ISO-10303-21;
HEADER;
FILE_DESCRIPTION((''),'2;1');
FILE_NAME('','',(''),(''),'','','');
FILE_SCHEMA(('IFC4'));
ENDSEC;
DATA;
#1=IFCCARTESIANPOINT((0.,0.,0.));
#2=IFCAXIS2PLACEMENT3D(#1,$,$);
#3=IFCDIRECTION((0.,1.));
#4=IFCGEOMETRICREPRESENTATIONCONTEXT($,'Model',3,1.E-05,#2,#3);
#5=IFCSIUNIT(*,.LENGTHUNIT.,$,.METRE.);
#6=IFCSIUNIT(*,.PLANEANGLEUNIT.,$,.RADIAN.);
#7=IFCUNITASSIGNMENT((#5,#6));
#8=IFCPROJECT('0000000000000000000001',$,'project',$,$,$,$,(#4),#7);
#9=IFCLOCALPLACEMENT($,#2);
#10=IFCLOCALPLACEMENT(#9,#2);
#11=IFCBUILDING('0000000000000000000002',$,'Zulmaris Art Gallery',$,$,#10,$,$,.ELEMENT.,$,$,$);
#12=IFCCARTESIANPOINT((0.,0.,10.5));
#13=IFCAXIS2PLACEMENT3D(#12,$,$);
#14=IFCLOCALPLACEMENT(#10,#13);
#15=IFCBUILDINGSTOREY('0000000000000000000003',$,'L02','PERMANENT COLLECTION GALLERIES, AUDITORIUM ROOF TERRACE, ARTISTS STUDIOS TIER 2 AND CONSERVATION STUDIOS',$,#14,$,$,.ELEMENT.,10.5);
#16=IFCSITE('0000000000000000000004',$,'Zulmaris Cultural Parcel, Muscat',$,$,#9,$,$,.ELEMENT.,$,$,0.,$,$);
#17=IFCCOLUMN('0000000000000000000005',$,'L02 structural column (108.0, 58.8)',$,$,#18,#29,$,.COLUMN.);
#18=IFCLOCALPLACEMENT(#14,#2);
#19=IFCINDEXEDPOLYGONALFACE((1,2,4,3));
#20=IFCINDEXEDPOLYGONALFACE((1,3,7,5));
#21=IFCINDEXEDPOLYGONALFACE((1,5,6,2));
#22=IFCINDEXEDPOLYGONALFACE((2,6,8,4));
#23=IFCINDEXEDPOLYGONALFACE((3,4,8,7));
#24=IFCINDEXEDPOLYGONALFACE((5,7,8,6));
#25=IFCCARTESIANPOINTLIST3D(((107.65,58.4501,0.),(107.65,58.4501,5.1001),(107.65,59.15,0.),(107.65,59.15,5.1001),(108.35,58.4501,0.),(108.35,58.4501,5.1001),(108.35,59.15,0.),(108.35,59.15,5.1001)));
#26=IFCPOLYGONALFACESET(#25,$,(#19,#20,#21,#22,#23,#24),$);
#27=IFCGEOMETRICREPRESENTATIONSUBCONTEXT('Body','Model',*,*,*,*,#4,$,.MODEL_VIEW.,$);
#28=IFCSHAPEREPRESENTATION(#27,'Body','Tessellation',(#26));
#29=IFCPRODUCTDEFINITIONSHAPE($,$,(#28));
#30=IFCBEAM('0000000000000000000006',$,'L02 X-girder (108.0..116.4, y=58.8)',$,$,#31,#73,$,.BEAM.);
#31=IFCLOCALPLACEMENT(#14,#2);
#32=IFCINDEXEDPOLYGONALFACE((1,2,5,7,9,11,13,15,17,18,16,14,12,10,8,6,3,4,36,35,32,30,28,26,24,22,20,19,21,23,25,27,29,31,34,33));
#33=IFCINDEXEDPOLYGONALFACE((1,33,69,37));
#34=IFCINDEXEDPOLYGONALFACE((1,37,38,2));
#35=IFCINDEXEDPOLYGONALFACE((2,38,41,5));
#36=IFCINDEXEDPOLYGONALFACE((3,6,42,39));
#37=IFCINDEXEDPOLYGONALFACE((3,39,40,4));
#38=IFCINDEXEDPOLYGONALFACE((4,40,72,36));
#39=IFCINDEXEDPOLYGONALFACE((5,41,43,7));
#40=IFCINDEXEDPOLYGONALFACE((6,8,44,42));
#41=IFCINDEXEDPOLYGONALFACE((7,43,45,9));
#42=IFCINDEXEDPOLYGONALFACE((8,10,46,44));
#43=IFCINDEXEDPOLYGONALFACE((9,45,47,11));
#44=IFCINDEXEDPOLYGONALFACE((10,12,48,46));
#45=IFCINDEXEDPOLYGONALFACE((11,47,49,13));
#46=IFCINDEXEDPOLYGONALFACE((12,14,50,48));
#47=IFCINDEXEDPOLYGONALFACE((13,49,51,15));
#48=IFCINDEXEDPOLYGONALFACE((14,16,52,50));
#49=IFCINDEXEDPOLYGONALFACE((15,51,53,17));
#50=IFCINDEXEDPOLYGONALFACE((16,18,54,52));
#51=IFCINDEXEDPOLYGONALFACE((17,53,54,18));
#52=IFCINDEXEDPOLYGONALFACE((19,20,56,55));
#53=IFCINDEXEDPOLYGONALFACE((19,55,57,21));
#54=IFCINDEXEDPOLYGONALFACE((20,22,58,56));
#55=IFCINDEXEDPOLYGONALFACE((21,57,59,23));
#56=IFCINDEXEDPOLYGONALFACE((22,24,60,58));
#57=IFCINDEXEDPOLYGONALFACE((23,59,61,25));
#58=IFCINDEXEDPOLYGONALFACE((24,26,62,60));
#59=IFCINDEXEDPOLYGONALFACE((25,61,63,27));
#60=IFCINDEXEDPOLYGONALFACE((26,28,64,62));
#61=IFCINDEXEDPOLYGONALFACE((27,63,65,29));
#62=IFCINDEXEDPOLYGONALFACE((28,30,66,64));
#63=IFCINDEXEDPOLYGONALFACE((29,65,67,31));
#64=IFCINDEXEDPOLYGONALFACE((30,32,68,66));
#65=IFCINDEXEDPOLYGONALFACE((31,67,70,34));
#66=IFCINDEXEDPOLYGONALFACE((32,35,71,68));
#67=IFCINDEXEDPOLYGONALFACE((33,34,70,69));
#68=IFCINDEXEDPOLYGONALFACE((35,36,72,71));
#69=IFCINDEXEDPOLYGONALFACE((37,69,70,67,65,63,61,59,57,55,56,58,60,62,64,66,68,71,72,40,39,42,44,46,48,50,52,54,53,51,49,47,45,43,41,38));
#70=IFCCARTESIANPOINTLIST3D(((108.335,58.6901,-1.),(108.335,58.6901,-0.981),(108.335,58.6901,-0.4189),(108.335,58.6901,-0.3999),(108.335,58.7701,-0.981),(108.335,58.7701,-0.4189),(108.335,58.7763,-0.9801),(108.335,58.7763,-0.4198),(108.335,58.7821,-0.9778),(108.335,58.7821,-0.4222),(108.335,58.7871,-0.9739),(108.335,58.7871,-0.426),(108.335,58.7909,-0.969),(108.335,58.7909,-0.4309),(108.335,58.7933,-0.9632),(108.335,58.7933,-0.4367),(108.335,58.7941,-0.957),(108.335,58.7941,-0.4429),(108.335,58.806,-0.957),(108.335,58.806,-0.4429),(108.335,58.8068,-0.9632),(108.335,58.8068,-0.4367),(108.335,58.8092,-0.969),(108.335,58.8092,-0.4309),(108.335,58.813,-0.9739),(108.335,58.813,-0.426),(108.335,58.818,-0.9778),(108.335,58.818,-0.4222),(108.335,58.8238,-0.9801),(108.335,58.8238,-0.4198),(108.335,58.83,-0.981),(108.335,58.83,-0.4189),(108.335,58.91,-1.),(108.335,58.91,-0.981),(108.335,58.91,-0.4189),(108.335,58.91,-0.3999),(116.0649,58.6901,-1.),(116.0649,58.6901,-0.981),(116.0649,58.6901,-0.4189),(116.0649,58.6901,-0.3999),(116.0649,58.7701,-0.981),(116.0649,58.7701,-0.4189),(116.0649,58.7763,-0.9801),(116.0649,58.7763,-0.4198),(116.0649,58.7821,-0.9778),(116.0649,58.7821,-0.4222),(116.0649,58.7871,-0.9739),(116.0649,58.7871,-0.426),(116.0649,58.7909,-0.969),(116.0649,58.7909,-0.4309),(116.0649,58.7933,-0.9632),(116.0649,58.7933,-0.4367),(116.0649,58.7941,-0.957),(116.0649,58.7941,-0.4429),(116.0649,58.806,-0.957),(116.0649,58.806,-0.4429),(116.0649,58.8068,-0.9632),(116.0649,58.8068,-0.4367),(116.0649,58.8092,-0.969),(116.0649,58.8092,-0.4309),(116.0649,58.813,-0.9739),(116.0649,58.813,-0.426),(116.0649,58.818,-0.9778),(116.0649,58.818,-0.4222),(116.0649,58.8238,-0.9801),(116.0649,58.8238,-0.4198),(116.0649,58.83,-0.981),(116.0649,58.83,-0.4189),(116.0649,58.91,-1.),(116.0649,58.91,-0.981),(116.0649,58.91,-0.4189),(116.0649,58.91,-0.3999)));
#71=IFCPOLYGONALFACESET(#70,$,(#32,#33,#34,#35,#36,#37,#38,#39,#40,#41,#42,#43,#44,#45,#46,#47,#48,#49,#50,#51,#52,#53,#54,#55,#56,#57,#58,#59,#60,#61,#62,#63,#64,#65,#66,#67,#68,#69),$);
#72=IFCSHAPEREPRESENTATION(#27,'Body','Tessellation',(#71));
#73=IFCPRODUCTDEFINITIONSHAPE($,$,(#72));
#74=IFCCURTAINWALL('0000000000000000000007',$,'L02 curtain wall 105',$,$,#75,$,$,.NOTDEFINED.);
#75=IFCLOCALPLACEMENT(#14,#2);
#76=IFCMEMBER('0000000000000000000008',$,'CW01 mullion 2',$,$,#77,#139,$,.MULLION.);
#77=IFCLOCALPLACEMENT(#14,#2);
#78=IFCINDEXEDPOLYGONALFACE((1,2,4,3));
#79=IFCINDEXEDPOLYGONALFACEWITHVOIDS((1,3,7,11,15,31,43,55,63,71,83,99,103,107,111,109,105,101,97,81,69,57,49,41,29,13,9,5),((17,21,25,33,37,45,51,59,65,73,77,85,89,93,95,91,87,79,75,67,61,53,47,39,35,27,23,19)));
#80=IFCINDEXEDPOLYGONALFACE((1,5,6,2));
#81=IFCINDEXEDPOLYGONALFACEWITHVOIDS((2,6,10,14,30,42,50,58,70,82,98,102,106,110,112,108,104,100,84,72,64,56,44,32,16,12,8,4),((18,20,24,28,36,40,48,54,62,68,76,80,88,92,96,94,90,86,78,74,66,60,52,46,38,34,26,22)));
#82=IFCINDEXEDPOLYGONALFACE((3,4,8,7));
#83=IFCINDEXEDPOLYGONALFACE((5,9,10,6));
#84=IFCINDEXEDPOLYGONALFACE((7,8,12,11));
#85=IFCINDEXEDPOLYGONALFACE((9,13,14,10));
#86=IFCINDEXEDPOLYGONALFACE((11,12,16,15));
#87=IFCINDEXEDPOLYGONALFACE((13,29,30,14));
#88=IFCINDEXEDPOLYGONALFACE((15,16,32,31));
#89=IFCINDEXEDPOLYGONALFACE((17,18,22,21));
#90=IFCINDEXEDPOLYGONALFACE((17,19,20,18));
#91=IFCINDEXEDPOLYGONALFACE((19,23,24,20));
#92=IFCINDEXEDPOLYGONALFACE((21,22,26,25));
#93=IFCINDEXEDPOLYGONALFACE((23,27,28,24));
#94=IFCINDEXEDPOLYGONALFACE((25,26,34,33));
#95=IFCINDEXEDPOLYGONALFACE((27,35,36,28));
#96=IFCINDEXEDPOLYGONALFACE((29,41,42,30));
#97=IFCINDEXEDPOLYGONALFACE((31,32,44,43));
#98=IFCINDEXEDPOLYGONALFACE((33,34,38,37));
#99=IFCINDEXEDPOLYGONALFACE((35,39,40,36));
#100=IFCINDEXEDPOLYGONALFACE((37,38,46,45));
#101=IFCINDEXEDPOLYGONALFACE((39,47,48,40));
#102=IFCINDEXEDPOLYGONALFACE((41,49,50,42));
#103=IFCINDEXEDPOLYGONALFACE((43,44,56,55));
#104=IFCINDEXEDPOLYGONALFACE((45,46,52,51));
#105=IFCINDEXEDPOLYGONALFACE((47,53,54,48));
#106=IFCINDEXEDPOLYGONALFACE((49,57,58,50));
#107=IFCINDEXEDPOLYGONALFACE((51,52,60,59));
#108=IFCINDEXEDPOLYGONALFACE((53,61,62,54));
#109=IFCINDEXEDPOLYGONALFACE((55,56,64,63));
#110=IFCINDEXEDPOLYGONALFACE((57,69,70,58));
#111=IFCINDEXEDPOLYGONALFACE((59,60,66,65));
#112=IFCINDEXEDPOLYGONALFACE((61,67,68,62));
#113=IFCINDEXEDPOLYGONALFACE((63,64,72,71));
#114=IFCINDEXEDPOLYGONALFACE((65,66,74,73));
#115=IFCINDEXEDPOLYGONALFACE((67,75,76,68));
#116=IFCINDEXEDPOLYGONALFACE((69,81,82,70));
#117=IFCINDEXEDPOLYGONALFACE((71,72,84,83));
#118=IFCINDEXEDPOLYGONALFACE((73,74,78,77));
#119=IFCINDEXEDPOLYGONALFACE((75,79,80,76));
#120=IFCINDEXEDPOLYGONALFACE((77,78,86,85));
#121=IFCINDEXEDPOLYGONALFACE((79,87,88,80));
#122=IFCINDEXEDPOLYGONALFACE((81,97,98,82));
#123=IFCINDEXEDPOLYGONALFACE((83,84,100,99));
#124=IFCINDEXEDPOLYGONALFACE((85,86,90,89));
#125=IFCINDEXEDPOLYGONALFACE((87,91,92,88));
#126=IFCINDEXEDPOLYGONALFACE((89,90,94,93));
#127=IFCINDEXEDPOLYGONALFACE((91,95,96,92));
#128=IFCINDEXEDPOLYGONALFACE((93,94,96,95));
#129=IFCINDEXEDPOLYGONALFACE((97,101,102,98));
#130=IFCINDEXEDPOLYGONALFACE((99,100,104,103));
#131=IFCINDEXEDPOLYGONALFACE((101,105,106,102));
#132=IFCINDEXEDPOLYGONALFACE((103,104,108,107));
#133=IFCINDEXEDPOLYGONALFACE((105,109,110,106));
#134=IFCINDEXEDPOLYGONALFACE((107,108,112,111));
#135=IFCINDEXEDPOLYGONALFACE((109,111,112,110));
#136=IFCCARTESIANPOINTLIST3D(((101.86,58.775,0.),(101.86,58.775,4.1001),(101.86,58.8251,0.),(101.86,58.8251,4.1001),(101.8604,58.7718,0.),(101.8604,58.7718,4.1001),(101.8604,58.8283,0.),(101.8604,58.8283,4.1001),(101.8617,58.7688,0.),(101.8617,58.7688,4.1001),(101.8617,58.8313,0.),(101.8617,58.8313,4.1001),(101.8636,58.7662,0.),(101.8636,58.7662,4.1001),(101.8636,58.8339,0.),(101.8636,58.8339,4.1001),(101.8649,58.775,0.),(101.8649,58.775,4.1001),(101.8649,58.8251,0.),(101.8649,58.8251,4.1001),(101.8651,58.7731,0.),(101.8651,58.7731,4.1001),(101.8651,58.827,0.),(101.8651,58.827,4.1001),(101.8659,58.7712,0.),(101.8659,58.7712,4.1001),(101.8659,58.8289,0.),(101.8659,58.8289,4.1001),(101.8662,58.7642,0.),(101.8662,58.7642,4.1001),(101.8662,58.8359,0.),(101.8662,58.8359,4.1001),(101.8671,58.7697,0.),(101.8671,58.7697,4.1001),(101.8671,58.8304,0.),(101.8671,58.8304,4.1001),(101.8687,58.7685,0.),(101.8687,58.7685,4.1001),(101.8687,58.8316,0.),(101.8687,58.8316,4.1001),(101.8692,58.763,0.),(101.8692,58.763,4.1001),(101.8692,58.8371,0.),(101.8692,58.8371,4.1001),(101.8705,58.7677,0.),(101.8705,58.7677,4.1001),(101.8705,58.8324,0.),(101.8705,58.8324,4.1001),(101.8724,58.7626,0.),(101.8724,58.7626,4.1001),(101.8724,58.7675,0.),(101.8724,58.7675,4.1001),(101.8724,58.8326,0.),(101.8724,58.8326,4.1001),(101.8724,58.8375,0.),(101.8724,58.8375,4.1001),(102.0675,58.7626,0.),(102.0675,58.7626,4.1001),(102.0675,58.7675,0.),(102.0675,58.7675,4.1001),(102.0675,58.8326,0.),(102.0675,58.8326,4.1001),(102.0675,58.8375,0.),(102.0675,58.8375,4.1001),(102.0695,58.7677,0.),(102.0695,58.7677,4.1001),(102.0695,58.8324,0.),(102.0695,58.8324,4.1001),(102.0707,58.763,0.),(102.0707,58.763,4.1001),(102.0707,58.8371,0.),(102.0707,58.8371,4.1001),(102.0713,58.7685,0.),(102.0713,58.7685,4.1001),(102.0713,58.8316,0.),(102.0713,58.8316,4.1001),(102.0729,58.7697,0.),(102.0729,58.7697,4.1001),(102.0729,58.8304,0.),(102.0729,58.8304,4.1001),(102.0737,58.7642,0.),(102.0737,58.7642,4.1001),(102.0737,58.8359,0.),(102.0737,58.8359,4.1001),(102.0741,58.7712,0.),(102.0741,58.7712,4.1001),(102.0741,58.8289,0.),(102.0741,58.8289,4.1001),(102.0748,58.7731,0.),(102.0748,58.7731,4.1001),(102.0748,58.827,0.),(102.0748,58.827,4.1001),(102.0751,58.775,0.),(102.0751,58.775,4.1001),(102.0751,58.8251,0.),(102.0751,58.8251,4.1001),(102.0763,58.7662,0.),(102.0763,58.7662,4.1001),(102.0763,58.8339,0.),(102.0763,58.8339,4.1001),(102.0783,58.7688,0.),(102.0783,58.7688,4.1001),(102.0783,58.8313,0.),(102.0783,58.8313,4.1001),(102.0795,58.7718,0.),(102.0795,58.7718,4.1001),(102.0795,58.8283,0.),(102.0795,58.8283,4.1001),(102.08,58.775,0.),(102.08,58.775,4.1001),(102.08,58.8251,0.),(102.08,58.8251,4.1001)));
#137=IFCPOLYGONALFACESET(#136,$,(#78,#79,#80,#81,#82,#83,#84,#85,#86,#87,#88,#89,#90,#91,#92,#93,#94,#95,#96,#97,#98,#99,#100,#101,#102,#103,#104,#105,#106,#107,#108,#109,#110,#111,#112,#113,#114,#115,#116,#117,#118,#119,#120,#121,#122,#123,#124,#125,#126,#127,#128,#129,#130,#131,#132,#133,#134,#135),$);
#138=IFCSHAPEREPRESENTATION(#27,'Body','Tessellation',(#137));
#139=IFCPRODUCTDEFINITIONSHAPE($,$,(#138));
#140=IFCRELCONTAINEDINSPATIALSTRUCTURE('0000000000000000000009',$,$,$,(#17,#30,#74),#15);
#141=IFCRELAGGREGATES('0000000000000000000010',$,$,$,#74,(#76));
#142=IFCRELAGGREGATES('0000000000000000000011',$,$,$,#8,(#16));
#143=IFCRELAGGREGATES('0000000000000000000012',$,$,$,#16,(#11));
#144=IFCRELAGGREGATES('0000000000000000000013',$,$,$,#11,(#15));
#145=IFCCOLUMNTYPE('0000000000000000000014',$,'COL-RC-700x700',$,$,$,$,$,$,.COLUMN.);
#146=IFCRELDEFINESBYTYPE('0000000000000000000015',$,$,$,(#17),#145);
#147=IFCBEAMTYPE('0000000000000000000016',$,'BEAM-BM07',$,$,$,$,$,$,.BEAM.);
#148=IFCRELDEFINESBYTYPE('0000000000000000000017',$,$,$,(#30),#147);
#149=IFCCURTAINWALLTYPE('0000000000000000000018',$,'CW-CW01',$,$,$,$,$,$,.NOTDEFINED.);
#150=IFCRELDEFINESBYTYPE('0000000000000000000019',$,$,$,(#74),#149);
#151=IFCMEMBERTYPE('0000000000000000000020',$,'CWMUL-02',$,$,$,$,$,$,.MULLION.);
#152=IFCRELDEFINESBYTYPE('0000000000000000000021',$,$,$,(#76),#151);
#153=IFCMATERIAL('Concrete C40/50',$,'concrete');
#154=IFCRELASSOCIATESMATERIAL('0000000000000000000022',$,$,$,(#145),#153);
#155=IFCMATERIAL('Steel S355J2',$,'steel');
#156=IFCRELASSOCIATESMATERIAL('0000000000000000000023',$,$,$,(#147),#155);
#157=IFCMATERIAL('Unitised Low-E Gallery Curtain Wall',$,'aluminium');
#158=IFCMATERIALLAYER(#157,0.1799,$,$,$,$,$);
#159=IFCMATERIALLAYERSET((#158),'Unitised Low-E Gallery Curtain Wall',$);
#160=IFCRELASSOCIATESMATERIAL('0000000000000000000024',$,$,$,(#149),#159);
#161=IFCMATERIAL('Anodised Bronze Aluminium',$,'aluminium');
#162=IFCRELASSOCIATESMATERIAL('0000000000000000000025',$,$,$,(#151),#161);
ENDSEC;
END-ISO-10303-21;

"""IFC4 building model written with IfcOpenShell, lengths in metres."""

from ifc_helpers import new_model, si_unit, direction, frame, origin, origin_2d, place, context, subcontext, project, spatial, rectangle, hollow_rectangle, i_section, extrude, material, layer, layer_set, material_profile, profile_set, type_object, element, aggregate, save


model = new_model("IFC4")

# Units and contexts
model_context = context("Model", 3, precision=1e-05, world=origin(), true_north=direction((0.0, 1.0)))
body_context = subcontext(model_context, "Body", "Model", "MODEL_VIEW")
ifc_project = project(units=[si_unit("LENGTHUNIT", "METRE"), si_unit("PLANEANGLEUNIT", "RADIAN")], contexts=[model_context])

# Site, building, storey
site_placement = place(None, origin())
site = spatial("IfcSite", under=ifc_project, at=site_placement, Name="Zulmaris Cultural Parcel, Muscat", CompositionType="ELEMENT", RefElevation=0.0)
building_placement = place(site_placement, origin())
building = spatial("IfcBuilding", under=site, at=building_placement, Name="Zulmaris Art Gallery", CompositionType="ELEMENT")
storey_placement = place(building_placement, frame((0.0, 0.0, 10.5)))
storey = spatial("IfcBuildingStorey", under=building, at=storey_placement, Name="L02", Description="PERMANENT COLLECTION GALLERIES, AUDITORIUM ROOF TERRACE, ARTISTS STUDIOS TIER 2 AND CONSERVATION STUDIOS", CompositionType="ELEMENT", Elevation=10.5)

# Column
ifc_material_1 = material(Name="Concrete C40/50", Category="concrete")
ifc_material_profile_1 = material_profile(ifc_material_1, rectangle(XDim=0.7, YDim=0.7, at=origin_2d()), Name="RC 700x700")
ifc_profile_set_1 = profile_set([ifc_material_profile_1], Name="Concrete C40/50")
column_type = type_object("IfcColumnType", Name="COL-RC-700x700", PredefinedType="COLUMN", material=ifc_profile_set_1)
column_placement = place(storey_placement, frame((108.0, 58.8, 0.0), z_axis=(0.0, 0.0, 1.0), x_axis=(1.0, 0.0, 0.0)))
element("IfcColumn", 1, at=column_placement, inside=storey, type_object=column_type, Name="L02 structural column (108.0, 58.8)", PredefinedType="COLUMN", context=body_context, shape_type="SweptSolid", body=[
    extrude(rectangle(XDim=0.7, YDim=0.7, at=origin_2d()), origin(), (0.0, 0.0, 1.0), 5.1001),
])

# Beam
ifc_material_2 = material(Name="Steel S355J2", Category="steel")
ifc_material_profile_2 = material_profile(ifc_material_2, i_section(OverallWidth=0.22, OverallDepth=0.6001, WebThickness=0.012, FlangeThickness=0.019, FilletRadius=0.0239, at=origin_2d()), Name="IPE 600")
ifc_profile_set_2 = profile_set([ifc_material_profile_2], Name="Steel S355J2")
beam_type = type_object("IfcBeamType", Name="BEAM-BM07", PredefinedType="BEAM", material=ifc_profile_set_2)
beam_placement = place(storey_placement, frame((108.335, 58.8, -0.7), z_axis=(1.0, 0.0, 0.0), x_axis=(0.0, 1.0, 0.0)))
element("IfcBeam", 2, at=beam_placement, inside=storey, type_object=beam_type, Name="L02 X-girder (108.0..116.4, y=58.8)", PredefinedType="BEAM", context=body_context, shape_type="SweptSolid", body=[
    extrude(i_section(OverallWidth=0.22, OverallDepth=0.6001, WebThickness=0.012, FlangeThickness=0.019, FilletRadius=0.0239, at=origin_2d()), origin(), (0.0, 0.0, 1.0), 7.73),
])

# Curtain wall, member
ifc_material_3 = material(Name="Unitised Low-E Gallery Curtain Wall", Category="aluminium")
ifc_layer_1 = layer(ifc_material_3, 0.1799)
ifc_layer_set_1 = layer_set([ifc_layer_1], Name="Unitised Low-E Gallery Curtain Wall")
curtain_wall_type = type_object("IfcCurtainWallType", Name="CW-CW01", PredefinedType="NOTDEFINED", material=ifc_layer_set_1)
curtain_wall_1_placement = place(storey_placement, origin())
curtain_wall_1 = element("IfcCurtainWall", 3, at=curtain_wall_1_placement, inside=storey, type_object=curtain_wall_type, Name="L02 curtain wall 105", PredefinedType="NOTDEFINED")
ifc_material_4 = material(Name="Anodised Bronze Aluminium", Category="aluminium")
ifc_material_profile_3 = material_profile(ifc_material_4, hollow_rectangle(XDim=0.075, YDim=0.22, WallThickness=0.0049, InnerFilletRadius=0.0076, OuterFilletRadius=0.0125, at=origin_2d()), Name="ALU 75x220x5")
ifc_profile_set_3 = profile_set([ifc_material_profile_3], Name="Anodised Bronze Aluminium")
member_type_1 = type_object("IfcMemberType", Name="CWMUL-02", PredefinedType="MULLION", material=ifc_profile_set_3)
member_1_placement = place(storey_placement, frame((101.97, 58.8, 0.0), z_axis=(0.0, 0.0, 1.0), x_axis=(0.0, 1.0, 0.0)))
member_1 = element("IfcMember", 4, at=member_1_placement, type_object=member_type_1, Name="CW01 mullion 2", PredefinedType="MULLION", context=body_context, shape_type="SweptSolid", body=[
    extrude(hollow_rectangle(XDim=0.075, YDim=0.22, WallThickness=0.0049, InnerFilletRadius=0.0076, OuterFilletRadius=0.0125, at=origin_2d()), origin(), (0.0, 0.0, 1.0), 4.1001),
])

aggregate(curtain_wall_1, [member_1])

save(model, "model.ifc")
